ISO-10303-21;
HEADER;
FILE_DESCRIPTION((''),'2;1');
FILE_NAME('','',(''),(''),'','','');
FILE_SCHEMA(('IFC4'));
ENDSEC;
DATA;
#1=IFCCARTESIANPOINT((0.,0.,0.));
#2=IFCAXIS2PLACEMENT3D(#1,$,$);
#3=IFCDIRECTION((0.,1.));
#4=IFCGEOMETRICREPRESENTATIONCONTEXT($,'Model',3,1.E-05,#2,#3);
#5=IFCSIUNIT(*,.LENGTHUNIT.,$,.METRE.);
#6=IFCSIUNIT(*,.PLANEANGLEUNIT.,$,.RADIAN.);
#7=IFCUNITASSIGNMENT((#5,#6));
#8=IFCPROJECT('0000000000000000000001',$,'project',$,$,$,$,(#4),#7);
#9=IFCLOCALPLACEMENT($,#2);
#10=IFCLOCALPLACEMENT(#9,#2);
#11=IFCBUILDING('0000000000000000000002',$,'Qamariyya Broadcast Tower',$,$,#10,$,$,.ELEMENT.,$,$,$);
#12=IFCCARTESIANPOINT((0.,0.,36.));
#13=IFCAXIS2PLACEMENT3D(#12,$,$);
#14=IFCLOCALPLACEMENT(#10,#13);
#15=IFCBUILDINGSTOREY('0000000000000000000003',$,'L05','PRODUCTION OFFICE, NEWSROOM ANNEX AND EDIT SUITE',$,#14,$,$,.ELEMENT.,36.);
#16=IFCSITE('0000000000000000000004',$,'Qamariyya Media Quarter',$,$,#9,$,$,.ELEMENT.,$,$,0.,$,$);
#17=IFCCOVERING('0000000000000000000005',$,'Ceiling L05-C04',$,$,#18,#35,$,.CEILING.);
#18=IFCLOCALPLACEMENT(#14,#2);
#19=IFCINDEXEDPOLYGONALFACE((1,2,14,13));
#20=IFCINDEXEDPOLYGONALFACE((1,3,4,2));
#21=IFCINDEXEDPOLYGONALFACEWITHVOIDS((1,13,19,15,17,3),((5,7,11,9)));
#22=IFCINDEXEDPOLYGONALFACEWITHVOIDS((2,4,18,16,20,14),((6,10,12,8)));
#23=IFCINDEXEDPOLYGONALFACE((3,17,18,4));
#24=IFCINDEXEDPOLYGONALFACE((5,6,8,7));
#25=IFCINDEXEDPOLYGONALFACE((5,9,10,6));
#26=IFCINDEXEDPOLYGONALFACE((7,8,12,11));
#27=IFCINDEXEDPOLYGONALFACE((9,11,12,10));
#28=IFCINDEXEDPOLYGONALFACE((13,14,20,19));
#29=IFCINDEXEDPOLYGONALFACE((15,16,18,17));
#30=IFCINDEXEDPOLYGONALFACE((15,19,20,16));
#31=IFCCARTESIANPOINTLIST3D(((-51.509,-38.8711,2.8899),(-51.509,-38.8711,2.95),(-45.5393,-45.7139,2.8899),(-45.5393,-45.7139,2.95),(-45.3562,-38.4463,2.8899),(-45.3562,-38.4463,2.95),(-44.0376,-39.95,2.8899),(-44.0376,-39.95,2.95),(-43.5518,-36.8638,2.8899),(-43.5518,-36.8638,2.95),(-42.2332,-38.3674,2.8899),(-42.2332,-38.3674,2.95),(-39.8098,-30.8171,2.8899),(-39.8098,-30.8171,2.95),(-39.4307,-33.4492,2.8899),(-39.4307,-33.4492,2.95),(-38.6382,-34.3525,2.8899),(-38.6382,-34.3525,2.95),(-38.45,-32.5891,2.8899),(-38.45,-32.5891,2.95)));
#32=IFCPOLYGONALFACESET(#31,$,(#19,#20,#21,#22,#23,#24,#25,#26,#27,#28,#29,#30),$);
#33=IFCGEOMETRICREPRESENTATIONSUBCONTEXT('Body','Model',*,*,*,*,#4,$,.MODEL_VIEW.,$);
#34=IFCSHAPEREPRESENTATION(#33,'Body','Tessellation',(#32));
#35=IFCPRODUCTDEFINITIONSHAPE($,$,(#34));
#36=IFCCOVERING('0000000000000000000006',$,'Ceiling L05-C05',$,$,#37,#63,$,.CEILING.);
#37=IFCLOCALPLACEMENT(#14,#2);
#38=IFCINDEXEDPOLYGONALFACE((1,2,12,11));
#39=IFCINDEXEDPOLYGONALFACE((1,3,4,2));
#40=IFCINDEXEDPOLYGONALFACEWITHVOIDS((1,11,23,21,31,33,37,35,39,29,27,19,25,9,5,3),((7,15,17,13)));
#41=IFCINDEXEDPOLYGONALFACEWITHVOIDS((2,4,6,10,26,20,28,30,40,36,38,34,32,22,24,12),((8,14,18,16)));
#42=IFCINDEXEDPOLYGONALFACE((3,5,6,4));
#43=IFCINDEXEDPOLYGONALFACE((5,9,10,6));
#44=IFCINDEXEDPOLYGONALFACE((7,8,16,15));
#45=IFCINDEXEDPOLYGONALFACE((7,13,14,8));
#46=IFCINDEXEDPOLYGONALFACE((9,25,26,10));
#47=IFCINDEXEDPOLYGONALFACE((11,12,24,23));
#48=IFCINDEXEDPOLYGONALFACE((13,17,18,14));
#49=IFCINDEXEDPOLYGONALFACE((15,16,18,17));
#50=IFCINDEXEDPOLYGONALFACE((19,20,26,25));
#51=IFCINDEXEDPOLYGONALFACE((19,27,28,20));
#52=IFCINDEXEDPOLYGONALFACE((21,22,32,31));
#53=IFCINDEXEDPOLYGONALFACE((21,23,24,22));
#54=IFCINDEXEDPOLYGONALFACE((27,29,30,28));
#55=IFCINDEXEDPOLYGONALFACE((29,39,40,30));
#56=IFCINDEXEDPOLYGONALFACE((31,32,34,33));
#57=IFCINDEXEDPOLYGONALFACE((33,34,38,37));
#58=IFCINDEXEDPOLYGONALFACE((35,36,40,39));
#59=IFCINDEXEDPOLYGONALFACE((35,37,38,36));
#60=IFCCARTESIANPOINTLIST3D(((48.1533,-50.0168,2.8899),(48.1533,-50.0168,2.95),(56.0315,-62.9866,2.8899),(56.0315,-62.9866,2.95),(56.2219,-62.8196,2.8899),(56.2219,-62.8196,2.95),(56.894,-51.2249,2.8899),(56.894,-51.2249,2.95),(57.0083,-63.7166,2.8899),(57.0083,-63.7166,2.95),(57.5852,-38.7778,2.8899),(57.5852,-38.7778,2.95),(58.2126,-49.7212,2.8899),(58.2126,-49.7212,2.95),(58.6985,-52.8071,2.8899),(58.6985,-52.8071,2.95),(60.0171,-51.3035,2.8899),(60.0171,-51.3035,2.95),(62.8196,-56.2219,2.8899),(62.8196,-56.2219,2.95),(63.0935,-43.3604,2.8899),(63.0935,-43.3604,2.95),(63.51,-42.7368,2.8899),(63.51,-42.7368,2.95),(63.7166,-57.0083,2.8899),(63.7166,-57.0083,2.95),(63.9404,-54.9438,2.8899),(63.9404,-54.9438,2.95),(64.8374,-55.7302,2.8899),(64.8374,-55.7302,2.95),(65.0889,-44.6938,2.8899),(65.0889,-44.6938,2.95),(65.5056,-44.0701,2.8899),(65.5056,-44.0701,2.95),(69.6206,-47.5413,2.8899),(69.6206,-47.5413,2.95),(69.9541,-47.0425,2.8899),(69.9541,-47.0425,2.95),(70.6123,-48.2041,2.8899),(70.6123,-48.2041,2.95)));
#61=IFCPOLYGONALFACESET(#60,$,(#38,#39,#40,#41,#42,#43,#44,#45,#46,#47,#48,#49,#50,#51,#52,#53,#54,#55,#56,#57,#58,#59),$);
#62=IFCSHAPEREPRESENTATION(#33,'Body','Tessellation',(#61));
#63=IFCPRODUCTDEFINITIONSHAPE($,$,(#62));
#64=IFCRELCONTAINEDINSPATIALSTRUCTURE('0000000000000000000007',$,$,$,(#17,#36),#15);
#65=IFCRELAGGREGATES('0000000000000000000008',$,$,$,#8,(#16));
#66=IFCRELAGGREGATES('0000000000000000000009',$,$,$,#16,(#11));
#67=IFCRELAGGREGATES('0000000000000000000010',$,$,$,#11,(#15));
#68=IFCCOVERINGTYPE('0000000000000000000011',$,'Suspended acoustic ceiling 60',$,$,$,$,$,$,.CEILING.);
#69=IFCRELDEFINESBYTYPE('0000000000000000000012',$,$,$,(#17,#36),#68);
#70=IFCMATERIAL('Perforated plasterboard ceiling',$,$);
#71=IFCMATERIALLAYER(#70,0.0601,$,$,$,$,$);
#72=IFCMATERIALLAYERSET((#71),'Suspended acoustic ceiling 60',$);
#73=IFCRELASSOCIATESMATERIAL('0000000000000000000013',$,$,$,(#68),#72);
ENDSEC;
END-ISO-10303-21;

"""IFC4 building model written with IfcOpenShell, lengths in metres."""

from ifc_helpers import new_model, si_unit, direction, frame, origin, place, context, subcontext, project, spatial, polyline, outline, extrude, material, layer, layer_set, type_object, element, save


model = new_model("IFC4")

# Units and contexts
model_context = context("Model", 3, precision=1e-05, world=origin(), true_north=direction((0.0, 1.0)))
body_context = subcontext(model_context, "Body", "Model", "MODEL_VIEW")
ifc_project = project(units=[si_unit("LENGTHUNIT", "METRE"), si_unit("PLANEANGLEUNIT", "RADIAN")], contexts=[model_context])

# Site, building, storey
site_placement = place(None, origin())
site = spatial("IfcSite", under=ifc_project, at=site_placement, Name="Qamariyya Media Quarter", CompositionType="ELEMENT", RefElevation=0.0)
building_placement = place(site_placement, origin())
building = spatial("IfcBuilding", under=site, at=building_placement, Name="Qamariyya Broadcast Tower", CompositionType="ELEMENT")
storey_placement = place(building_placement, frame((0.0, 0.0, 36.0)))
storey = spatial("IfcBuildingStorey", under=building, at=storey_placement, Name="L05", Description="PRODUCTION OFFICE, NEWSROOM ANNEX AND EDIT SUITE", CompositionType="ELEMENT", Elevation=36.0)

# Coverings
ifc_material_1 = material(Name="Perforated plasterboard ceiling")
ifc_layer_1 = layer(ifc_material_1, 0.0601)
ifc_layer_set_1 = layer_set([ifc_layer_1], Name="Suspended acoustic ceiling 60")
covering_type_1 = type_object("IfcCoveringType", Name="Suspended acoustic ceiling 60", PredefinedType="CEILING", material=ifc_layer_set_1)
covering_1_placement = place(storey_placement, frame((0.0, 0.0, 2.8899)))
element("IfcCovering", 1, at=covering_1_placement, inside=storey, type_object=covering_type_1, Name="Ceiling L05-C04", PredefinedType="CEILING", context=body_context, shape_type="SweptSolid", body=[
    extrude(outline(polyline([(-51.509, -38.8711), (-39.8098, -30.8171), (-38.45, -32.5891), (-39.4307, -33.4492), (-38.6382, -34.3525), (-45.5393, -45.7139), (-51.509, -38.8711)]), holes=[polyline([(-43.5518, -36.8638), (-45.3562, -38.4463), (-44.0376, -39.95), (-42.2332, -38.3674), (-43.5518, -36.8638)])]), origin(), (0.0, 0.0, 1.0), 0.0601),
])
covering_2_placement = place(storey_placement, frame((0.0, 0.0, 2.8899)))
element("IfcCovering", 2, at=covering_2_placement, inside=storey, type_object=covering_type_1, Name="Ceiling L05-C05", PredefinedType="CEILING", context=body_context, shape_type="SweptSolid", body=[
    extrude(outline(polyline([(57.5852, -38.7778), (63.51, -42.7368), (63.0935, -43.3604), (65.0889, -44.6938), (65.5056, -44.0701), (69.9541, -47.0425), (69.6206, -47.5413), (70.6123, -48.2041), (64.8374, -55.7302), (63.9404, -54.9438), (62.8196, -56.2219), (63.7166, -57.0083), (57.0083, -63.7166), (56.2219, -62.8196), (56.0315, -62.9866), (48.1533, -50.0168), (57.5852, -38.7778)]), holes=[polyline([(58.6985, -52.8071), (60.0171, -51.3035), (58.2126, -49.7212), (56.894, -51.2249), (58.6985, -52.8071)])]), origin(), (0.0, 0.0, 1.0), 0.0601),
])

save(model, "model.ifc")
